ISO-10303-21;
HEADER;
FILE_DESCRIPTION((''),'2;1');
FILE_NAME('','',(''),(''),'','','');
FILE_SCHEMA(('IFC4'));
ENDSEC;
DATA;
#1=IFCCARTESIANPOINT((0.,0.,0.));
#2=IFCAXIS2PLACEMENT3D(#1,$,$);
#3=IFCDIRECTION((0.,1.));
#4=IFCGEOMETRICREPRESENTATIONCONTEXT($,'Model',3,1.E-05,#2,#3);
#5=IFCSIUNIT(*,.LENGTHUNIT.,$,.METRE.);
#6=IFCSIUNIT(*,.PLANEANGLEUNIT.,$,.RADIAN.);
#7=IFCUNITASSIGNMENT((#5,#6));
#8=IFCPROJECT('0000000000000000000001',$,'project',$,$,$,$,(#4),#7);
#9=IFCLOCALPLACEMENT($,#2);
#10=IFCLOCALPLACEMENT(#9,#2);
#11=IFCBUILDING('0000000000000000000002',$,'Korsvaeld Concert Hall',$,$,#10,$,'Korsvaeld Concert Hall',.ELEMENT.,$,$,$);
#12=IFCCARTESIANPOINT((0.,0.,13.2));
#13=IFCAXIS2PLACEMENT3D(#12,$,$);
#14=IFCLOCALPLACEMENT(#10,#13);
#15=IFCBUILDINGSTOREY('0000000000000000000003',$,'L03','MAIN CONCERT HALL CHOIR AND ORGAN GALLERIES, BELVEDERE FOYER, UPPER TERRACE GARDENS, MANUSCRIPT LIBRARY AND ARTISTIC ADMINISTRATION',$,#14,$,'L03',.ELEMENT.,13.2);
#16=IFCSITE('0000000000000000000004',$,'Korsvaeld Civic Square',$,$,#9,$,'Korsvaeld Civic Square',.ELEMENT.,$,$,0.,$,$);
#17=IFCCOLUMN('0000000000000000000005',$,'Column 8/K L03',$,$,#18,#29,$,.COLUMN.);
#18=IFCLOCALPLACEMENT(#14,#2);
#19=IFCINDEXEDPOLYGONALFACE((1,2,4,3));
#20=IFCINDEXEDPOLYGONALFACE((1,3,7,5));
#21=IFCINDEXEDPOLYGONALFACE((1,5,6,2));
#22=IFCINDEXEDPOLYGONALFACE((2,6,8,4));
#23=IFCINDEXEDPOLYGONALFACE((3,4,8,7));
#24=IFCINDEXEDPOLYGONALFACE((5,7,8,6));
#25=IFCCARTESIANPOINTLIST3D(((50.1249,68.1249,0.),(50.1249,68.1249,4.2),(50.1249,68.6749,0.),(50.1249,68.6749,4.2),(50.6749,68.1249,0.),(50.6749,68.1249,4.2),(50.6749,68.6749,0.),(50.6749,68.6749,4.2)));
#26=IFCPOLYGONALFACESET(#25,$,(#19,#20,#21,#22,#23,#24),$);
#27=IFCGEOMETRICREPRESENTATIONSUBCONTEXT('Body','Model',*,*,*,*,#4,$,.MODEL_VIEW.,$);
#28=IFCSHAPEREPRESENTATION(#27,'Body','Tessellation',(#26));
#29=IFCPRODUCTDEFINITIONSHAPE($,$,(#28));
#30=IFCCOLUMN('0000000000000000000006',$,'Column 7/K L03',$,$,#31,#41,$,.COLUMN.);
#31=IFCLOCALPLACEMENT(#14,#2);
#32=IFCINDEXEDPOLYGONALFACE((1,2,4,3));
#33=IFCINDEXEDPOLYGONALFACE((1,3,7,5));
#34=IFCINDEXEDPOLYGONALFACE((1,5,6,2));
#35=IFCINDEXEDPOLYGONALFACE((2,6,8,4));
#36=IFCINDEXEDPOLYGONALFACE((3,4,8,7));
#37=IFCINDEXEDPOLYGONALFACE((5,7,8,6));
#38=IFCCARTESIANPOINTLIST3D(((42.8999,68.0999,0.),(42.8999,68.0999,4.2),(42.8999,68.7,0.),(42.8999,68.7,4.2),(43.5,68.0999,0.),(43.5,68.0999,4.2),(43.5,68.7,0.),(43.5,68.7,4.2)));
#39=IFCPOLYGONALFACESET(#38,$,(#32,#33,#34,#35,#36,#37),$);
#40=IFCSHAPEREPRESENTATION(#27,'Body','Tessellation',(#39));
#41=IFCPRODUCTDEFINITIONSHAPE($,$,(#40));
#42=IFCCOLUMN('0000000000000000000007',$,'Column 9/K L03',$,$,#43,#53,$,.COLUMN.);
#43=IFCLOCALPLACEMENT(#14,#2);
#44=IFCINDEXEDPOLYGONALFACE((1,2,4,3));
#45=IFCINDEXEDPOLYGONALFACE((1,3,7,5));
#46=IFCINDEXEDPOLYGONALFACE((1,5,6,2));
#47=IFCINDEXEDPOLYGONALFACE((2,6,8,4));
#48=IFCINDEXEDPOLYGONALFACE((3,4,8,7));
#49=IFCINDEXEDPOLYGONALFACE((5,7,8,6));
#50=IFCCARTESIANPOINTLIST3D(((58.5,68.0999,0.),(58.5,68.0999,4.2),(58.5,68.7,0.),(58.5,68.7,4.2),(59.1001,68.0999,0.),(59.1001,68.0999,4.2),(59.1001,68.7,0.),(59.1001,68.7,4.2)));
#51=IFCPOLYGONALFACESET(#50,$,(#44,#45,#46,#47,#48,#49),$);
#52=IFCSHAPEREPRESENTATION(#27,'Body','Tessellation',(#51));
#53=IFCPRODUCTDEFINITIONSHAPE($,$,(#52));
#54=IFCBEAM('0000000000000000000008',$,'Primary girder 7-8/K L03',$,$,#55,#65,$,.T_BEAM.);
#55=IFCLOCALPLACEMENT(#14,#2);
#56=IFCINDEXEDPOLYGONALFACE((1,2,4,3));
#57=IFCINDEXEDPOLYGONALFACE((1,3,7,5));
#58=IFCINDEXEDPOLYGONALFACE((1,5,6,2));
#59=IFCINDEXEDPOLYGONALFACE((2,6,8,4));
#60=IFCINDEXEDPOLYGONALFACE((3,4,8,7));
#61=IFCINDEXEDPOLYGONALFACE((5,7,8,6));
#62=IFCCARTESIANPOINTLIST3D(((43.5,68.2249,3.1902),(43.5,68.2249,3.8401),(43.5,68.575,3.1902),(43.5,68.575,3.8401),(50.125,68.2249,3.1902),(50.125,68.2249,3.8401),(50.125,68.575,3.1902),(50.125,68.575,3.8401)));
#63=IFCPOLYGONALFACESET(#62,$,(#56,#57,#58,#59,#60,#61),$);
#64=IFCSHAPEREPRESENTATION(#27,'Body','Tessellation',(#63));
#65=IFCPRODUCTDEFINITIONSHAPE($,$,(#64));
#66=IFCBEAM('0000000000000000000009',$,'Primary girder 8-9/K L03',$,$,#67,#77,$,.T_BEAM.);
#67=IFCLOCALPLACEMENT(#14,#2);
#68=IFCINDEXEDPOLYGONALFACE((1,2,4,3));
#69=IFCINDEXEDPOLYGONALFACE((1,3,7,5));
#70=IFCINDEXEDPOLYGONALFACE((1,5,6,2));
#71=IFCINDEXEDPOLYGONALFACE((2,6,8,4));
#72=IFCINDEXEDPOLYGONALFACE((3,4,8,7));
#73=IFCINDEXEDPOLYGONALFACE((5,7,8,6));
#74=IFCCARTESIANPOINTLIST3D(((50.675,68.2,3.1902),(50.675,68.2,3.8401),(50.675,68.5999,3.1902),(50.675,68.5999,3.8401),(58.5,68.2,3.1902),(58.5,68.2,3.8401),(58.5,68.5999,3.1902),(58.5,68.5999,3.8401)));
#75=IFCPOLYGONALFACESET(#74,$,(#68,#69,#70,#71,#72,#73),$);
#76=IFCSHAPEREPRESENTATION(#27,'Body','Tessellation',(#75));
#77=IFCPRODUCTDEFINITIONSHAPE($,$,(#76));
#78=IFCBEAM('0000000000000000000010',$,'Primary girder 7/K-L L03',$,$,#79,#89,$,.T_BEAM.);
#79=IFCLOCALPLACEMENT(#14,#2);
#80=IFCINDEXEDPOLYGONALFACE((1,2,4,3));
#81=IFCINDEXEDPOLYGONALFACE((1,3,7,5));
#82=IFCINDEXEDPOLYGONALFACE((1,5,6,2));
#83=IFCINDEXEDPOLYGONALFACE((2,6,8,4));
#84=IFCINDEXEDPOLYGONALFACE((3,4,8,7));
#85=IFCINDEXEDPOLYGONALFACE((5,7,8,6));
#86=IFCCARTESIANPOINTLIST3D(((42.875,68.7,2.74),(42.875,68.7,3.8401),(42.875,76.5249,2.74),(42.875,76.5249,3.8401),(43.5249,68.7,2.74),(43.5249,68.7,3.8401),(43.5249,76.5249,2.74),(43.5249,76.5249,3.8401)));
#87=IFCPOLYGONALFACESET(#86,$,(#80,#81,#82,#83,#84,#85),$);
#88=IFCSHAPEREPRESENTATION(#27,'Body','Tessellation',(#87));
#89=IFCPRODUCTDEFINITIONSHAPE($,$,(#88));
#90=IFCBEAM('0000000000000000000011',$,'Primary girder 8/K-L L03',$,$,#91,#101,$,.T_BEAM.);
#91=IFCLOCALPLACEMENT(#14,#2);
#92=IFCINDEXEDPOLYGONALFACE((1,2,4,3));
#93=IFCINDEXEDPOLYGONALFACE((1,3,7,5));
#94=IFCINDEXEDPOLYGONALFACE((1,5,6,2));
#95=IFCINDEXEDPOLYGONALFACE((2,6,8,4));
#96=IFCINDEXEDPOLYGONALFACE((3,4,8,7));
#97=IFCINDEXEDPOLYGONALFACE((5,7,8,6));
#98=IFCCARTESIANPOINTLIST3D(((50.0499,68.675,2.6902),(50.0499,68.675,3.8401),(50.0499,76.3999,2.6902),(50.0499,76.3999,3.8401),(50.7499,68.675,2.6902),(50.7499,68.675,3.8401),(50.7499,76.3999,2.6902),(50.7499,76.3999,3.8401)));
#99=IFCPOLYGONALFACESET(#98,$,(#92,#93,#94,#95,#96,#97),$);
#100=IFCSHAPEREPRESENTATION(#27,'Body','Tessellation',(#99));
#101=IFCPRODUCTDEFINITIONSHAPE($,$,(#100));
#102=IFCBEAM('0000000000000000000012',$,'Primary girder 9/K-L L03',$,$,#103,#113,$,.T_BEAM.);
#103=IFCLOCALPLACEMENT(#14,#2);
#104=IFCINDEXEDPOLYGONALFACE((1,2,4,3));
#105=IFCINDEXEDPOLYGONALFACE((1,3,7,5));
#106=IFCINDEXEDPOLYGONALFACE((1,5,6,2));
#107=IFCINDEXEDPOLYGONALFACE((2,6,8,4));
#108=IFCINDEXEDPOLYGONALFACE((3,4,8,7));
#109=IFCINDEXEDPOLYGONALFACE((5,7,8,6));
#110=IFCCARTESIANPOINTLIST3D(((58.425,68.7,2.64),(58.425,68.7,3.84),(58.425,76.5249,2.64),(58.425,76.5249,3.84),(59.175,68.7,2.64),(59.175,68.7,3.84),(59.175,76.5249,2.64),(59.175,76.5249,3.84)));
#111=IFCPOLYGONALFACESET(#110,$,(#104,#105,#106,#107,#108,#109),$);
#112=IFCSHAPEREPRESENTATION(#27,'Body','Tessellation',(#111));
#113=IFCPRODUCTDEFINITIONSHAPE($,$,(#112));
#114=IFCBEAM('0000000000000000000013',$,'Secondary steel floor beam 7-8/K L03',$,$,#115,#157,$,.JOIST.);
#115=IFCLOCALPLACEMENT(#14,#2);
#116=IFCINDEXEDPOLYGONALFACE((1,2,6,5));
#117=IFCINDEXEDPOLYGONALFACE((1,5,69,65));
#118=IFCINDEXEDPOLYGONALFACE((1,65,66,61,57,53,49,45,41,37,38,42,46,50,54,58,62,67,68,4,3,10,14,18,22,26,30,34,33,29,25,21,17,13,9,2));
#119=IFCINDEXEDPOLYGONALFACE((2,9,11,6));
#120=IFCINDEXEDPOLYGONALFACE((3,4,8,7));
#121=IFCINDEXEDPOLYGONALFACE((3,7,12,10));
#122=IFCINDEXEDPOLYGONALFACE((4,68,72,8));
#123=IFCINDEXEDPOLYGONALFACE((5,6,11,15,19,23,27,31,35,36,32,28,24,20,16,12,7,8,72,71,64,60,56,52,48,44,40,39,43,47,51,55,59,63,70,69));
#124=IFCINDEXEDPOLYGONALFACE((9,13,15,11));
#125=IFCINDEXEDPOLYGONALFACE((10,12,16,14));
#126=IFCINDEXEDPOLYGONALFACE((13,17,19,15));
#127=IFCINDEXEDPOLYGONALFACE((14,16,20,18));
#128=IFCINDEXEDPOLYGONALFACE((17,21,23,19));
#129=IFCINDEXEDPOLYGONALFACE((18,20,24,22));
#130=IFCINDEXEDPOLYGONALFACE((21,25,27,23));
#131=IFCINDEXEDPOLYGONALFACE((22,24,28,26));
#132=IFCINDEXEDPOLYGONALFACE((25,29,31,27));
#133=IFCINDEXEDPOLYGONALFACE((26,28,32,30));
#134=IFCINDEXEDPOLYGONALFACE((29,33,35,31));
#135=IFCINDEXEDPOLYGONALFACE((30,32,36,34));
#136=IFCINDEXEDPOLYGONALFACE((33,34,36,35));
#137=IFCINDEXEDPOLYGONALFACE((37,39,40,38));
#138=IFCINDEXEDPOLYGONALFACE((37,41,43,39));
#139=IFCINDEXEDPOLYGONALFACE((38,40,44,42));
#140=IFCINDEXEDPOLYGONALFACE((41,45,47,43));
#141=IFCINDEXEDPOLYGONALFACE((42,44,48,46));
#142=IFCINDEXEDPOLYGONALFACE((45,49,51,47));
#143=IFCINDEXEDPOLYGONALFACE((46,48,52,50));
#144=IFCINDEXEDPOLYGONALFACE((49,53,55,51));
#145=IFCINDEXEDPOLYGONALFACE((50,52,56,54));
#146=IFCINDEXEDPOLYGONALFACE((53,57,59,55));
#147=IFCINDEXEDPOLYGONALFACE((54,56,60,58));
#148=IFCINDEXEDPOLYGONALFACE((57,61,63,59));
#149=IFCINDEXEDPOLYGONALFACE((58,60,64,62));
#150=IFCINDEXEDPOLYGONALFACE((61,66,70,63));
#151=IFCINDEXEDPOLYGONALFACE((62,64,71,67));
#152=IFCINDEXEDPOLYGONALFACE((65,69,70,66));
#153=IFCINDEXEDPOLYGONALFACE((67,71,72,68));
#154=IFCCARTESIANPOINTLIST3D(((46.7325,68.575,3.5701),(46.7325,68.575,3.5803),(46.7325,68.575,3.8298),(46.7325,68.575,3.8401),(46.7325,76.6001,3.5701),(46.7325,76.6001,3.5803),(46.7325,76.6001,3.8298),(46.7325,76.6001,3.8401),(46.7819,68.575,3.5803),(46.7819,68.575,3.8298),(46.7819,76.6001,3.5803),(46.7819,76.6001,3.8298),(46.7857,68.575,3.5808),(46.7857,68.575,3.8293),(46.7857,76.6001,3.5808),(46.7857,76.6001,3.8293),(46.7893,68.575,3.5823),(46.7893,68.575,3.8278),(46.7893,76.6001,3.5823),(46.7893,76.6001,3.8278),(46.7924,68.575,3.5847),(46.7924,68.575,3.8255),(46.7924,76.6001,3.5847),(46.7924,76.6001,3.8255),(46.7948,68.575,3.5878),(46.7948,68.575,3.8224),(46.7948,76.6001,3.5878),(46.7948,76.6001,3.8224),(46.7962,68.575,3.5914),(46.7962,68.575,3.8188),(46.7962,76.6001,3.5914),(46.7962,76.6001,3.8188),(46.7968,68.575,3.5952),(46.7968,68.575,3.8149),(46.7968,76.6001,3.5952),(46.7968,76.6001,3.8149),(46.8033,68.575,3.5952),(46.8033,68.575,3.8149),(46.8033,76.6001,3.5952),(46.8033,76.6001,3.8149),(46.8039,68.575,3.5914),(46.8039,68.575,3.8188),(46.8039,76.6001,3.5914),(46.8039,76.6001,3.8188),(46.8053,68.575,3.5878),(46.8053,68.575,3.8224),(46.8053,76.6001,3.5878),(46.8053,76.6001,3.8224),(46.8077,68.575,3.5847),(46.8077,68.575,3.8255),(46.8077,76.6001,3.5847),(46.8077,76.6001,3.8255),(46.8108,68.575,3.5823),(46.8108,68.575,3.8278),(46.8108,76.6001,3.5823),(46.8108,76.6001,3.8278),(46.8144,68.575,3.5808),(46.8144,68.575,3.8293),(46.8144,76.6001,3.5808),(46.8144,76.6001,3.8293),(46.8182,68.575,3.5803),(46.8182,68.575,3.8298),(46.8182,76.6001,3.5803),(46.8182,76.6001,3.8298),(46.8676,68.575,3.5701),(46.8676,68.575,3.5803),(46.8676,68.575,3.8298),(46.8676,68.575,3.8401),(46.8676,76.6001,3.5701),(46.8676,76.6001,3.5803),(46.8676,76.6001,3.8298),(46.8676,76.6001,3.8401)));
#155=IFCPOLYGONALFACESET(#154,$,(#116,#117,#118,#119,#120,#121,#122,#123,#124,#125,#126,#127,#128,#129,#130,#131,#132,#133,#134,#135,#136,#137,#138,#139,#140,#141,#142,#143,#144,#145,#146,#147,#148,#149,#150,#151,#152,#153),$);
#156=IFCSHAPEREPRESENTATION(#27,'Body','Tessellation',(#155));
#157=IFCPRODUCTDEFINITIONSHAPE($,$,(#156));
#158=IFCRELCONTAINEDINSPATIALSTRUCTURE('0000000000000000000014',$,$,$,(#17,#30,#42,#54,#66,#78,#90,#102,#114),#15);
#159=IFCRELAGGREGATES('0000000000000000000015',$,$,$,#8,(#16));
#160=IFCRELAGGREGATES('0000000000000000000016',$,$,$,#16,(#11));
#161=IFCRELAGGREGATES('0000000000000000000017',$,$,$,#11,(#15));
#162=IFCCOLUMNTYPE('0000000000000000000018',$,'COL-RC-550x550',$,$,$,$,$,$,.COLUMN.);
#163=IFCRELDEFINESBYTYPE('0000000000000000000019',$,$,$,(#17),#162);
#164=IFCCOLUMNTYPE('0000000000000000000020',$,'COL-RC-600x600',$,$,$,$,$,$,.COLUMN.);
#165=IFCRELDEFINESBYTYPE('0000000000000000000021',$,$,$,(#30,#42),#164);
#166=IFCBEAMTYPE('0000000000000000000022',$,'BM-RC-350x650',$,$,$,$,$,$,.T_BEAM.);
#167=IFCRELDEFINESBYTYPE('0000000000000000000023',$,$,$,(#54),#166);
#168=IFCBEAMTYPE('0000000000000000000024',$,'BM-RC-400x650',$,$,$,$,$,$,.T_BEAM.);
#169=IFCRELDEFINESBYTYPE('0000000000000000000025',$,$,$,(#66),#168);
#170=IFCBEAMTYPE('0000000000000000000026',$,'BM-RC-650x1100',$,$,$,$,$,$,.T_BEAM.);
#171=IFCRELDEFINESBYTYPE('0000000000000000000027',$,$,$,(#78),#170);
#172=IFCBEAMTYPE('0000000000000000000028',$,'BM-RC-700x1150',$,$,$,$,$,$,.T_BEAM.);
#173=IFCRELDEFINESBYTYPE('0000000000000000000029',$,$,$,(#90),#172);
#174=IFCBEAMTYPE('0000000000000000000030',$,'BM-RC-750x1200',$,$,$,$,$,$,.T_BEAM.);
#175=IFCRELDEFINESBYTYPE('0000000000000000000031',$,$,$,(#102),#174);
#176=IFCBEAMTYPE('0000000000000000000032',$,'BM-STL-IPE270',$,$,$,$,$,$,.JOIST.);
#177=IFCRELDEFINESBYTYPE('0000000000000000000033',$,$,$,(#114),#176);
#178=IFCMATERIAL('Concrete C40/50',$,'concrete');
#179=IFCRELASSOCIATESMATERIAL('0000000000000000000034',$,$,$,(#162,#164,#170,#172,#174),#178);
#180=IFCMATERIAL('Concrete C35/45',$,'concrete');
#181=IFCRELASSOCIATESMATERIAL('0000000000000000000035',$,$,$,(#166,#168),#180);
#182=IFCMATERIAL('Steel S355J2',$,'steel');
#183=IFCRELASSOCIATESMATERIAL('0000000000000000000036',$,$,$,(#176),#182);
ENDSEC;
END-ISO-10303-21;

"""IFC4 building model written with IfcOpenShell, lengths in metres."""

from ifc_helpers import new_model, si_unit, direction, frame, origin, origin_2d, place, context, subcontext, project, spatial, rectangle, i_section, extrude, material, material_profile, profile_set, type_object, element, save


model = new_model("IFC4")

# Units and contexts
model_context = context("Model", 3, precision=1e-05, world=origin(), true_north=direction((0.0, 1.0)))
body_context = subcontext(model_context, "Body", "Model", "MODEL_VIEW")
ifc_project = project(units=[si_unit("LENGTHUNIT", "METRE"), si_unit("PLANEANGLEUNIT", "RADIAN")], contexts=[model_context])

# Site, building, storey
site_placement = place(None, origin())
site = spatial("IfcSite", under=ifc_project, at=site_placement, Name="Korsvaeld Civic Square", LongName="Korsvaeld Civic Square", CompositionType="ELEMENT", RefElevation=0.0)
building_placement = place(site_placement, origin())
building = spatial("IfcBuilding", under=site, at=building_placement, Name="Korsvaeld Concert Hall", LongName="Korsvaeld Concert Hall", CompositionType="ELEMENT")
storey_placement = place(building_placement, frame((0.0, 0.0, 13.2)))
storey = spatial("IfcBuildingStorey", under=building, at=storey_placement, Name="L03", Description="MAIN CONCERT HALL CHOIR AND ORGAN GALLERIES, BELVEDERE FOYER, UPPER TERRACE GARDENS, MANUSCRIPT LIBRARY AND ARTISTIC ADMINISTRATION", LongName="L03", CompositionType="ELEMENT", Elevation=13.2)

# Columns
ifc_material_1 = material(Name="Concrete C40/50", Category="concrete")
ifc_material_profile_1 = material_profile(ifc_material_1, rectangle(XDim=0.55, YDim=0.55, at=origin_2d()), Name="RC 550x550")
ifc_profile_set_1 = profile_set([ifc_material_profile_1], Name="Concrete C40/50")
column_type_1 = type_object("IfcColumnType", Name="COL-RC-550x550", PredefinedType="COLUMN", material=ifc_profile_set_1)
column_placement = place(storey_placement, frame((50.3999, 68.3999, 0.0), z_axis=(0.0, 0.0, 1.0), x_axis=(1.0, 0.0, 0.0)))
element("IfcColumn", 1, at=column_placement, inside=storey, type_object=column_type_1, Name="Column 8/K L03", PredefinedType="COLUMN", context=body_context, shape_type="SweptSolid", body=[
    extrude(rectangle(XDim=0.55, YDim=0.55, at=origin_2d()), origin(), (0.0, 0.0, 1.0), 4.2),
])
ifc_material_profile_2 = material_profile(ifc_material_1, rectangle(XDim=0.6001, YDim=0.6001, at=origin_2d()), Name="RC 600x600")
ifc_profile_set_2 = profile_set([ifc_material_profile_2], Name="Concrete C40/50")
column_type_2 = type_object("IfcColumnType", Name="COL-RC-600x600", PredefinedType="COLUMN", material=ifc_profile_set_2)
for number, where, z_axis, x_axis, name in (
    (2, (43.2, 68.3999, 0.0), (0.0, 0.0, 1.0), (1.0, 0.0, 0.0), "Column 7/K L03"),
    (3, (58.8, 68.3999, 0.0), (0.0, 0.0, 1.0), (1.0, 0.0, 0.0), "Column 9/K L03"),
):
    element("IfcColumn", number, at=place(storey_placement, frame(where, z_axis=z_axis, x_axis=x_axis)), inside=storey, type_object=column_type_2, Name=name, PredefinedType="COLUMN", context=body_context, shape_type="SweptSolid", body=[
        extrude(rectangle(XDim=0.6001, YDim=0.6001, at=origin_2d()), origin(), (0.0, 0.0, 1.0), 4.2),
    ])

# Beams
ifc_material_2 = material(Name="Concrete C35/45", Category="concrete")
ifc_material_profile_3 = material_profile(ifc_material_2, rectangle(XDim=0.3501, YDim=0.6499, at=origin_2d()), Name="RC 350x650")
ifc_profile_set_3 = profile_set([ifc_material_profile_3], Name="Concrete C35/45")
beam_type_1 = type_object("IfcBeamType", Name="BM-RC-350x650", PredefinedType="T_BEAM", material=ifc_profile_set_3)
beam_1_placement = place(storey_placement, frame((43.5, 68.3999, 3.5151), z_axis=(1.0, 0.0, 0.0), x_axis=(0.0, 1.0, 0.0)))
element("IfcBeam", 4, at=beam_1_placement, inside=storey, type_object=beam_type_1, Name="Primary girder 7-8/K L03", PredefinedType="T_BEAM", context=body_context, shape_type="SweptSolid", body=[
    extrude(rectangle(XDim=0.3501, YDim=0.6499, at=origin_2d()), origin(), (0.0, 0.0, 1.0), 6.625),
])
ifc_material_profile_4 = material_profile(ifc_material_2, rectangle(XDim=0.3999, YDim=0.6499, at=origin_2d()), Name="RC 400x650")
ifc_profile_set_4 = profile_set([ifc_material_profile_4], Name="Concrete C35/45")
beam_type_2 = type_object("IfcBeamType", Name="BM-RC-400x650", PredefinedType="T_BEAM", material=ifc_profile_set_4)
beam_2_placement = place(storey_placement, frame((50.675, 68.3999, 3.5151), z_axis=(1.0, 0.0, 0.0), x_axis=(0.0, 1.0, 0.0)))
element("IfcBeam", 5, at=beam_2_placement, inside=storey, type_object=beam_type_2, Name="Primary girder 8-9/K L03", PredefinedType="T_BEAM", context=body_context, shape_type="SweptSolid", body=[
    extrude(rectangle(XDim=0.3999, YDim=0.6499, at=origin_2d()), origin(), (0.0, 0.0, 1.0), 7.825),
])
ifc_material_profile_5 = material_profile(ifc_material_1, rectangle(XDim=0.6499, YDim=1.1001, at=origin_2d()), Name="RC 650x1100")
ifc_profile_set_5 = profile_set([ifc_material_profile_5], Name="Concrete C40/50")
beam_type_3 = type_object("IfcBeamType", Name="BM-RC-650x1100", PredefinedType="T_BEAM", material=ifc_profile_set_5)
beam_3_placement = place(storey_placement, frame((43.2, 68.7, 3.29), z_axis=(0.0, 1.0, 0.0), x_axis=(-1.0, 0.0, 0.0)))
element("IfcBeam", 6, at=beam_3_placement, inside=storey, type_object=beam_type_3, Name="Primary girder 7/K-L L03", PredefinedType="T_BEAM", context=body_context, shape_type="SweptSolid", body=[
    extrude(rectangle(XDim=0.6499, YDim=1.1001, at=origin_2d()), origin(), (0.0, 0.0, 1.0), 7.825),
])
ifc_material_profile_6 = material_profile(ifc_material_1, rectangle(XDim=0.7, YDim=1.1499, at=origin_2d()), Name="RC 700x1150")
ifc_profile_set_6 = profile_set([ifc_material_profile_6], Name="Concrete C40/50")
beam_type_4 = type_object("IfcBeamType", Name="BM-RC-700x1150", PredefinedType="T_BEAM", material=ifc_profile_set_6)
beam_4_placement = place(storey_placement, frame((50.3999, 68.675, 3.2651), z_axis=(0.0, 1.0, 0.0), x_axis=(-1.0, 0.0, 0.0)))
element("IfcBeam", 7, at=beam_4_placement, inside=storey, type_object=beam_type_4, Name="Primary girder 8/K-L L03", PredefinedType="T_BEAM", context=body_context, shape_type="SweptSolid", body=[
    extrude(rectangle(XDim=0.7, YDim=1.1499, at=origin_2d()), origin(), (0.0, 0.0, 1.0), 7.7249),
])
ifc_material_profile_7 = material_profile(ifc_material_1, rectangle(XDim=0.75, YDim=1.2, at=origin_2d()), Name="RC 750x1200")
ifc_profile_set_7 = profile_set([ifc_material_profile_7], Name="Concrete C40/50")
beam_type_5 = type_object("IfcBeamType", Name="BM-RC-750x1200", PredefinedType="T_BEAM", material=ifc_profile_set_7)
beam_5_placement = place(storey_placement, frame((58.8, 68.7, 3.24), z_axis=(0.0, 1.0, 0.0), x_axis=(-1.0, 0.0, 0.0)))
element("IfcBeam", 8, at=beam_5_placement, inside=storey, type_object=beam_type_5, Name="Primary girder 9/K-L L03", PredefinedType="T_BEAM", context=body_context, shape_type="SweptSolid", body=[
    extrude(rectangle(XDim=0.75, YDim=1.2, at=origin_2d()), origin(), (0.0, 0.0, 1.0), 7.825),
])
ifc_material_3 = material(Name="Steel S355J2", Category="steel")
ifc_material_profile_8 = material_profile(ifc_material_3, i_section(OverallWidth=0.135, OverallDepth=0.27, WebThickness=0.0066, FlangeThickness=0.0103, FilletRadius=0.0149, at=origin_2d()), Name="IPE 270")
ifc_profile_set_8 = profile_set([ifc_material_profile_8], Name="Steel S355J2")
beam_type_6 = type_object("IfcBeamType", Name="BM-STL-IPE270", PredefinedType="JOIST", material=ifc_profile_set_8)
beam_6_placement = place(storey_placement, frame((46.8, 68.575, 3.7051), z_axis=(0.0, 1.0, 0.0), x_axis=(-1.0, 0.0, 0.0)))
element("IfcBeam", 9, at=beam_6_placement, inside=storey, type_object=beam_type_6, Name="Secondary steel floor beam 7-8/K L03", PredefinedType="JOIST", context=body_context, shape_type="SweptSolid", body=[
    extrude(i_section(OverallWidth=0.135, OverallDepth=0.27, WebThickness=0.0066, FlangeThickness=0.0103, FilletRadius=0.0149, at=origin_2d()), origin(), (0.0, 0.0, 1.0), 8.0251),
])

save(model, "model.ifc")
